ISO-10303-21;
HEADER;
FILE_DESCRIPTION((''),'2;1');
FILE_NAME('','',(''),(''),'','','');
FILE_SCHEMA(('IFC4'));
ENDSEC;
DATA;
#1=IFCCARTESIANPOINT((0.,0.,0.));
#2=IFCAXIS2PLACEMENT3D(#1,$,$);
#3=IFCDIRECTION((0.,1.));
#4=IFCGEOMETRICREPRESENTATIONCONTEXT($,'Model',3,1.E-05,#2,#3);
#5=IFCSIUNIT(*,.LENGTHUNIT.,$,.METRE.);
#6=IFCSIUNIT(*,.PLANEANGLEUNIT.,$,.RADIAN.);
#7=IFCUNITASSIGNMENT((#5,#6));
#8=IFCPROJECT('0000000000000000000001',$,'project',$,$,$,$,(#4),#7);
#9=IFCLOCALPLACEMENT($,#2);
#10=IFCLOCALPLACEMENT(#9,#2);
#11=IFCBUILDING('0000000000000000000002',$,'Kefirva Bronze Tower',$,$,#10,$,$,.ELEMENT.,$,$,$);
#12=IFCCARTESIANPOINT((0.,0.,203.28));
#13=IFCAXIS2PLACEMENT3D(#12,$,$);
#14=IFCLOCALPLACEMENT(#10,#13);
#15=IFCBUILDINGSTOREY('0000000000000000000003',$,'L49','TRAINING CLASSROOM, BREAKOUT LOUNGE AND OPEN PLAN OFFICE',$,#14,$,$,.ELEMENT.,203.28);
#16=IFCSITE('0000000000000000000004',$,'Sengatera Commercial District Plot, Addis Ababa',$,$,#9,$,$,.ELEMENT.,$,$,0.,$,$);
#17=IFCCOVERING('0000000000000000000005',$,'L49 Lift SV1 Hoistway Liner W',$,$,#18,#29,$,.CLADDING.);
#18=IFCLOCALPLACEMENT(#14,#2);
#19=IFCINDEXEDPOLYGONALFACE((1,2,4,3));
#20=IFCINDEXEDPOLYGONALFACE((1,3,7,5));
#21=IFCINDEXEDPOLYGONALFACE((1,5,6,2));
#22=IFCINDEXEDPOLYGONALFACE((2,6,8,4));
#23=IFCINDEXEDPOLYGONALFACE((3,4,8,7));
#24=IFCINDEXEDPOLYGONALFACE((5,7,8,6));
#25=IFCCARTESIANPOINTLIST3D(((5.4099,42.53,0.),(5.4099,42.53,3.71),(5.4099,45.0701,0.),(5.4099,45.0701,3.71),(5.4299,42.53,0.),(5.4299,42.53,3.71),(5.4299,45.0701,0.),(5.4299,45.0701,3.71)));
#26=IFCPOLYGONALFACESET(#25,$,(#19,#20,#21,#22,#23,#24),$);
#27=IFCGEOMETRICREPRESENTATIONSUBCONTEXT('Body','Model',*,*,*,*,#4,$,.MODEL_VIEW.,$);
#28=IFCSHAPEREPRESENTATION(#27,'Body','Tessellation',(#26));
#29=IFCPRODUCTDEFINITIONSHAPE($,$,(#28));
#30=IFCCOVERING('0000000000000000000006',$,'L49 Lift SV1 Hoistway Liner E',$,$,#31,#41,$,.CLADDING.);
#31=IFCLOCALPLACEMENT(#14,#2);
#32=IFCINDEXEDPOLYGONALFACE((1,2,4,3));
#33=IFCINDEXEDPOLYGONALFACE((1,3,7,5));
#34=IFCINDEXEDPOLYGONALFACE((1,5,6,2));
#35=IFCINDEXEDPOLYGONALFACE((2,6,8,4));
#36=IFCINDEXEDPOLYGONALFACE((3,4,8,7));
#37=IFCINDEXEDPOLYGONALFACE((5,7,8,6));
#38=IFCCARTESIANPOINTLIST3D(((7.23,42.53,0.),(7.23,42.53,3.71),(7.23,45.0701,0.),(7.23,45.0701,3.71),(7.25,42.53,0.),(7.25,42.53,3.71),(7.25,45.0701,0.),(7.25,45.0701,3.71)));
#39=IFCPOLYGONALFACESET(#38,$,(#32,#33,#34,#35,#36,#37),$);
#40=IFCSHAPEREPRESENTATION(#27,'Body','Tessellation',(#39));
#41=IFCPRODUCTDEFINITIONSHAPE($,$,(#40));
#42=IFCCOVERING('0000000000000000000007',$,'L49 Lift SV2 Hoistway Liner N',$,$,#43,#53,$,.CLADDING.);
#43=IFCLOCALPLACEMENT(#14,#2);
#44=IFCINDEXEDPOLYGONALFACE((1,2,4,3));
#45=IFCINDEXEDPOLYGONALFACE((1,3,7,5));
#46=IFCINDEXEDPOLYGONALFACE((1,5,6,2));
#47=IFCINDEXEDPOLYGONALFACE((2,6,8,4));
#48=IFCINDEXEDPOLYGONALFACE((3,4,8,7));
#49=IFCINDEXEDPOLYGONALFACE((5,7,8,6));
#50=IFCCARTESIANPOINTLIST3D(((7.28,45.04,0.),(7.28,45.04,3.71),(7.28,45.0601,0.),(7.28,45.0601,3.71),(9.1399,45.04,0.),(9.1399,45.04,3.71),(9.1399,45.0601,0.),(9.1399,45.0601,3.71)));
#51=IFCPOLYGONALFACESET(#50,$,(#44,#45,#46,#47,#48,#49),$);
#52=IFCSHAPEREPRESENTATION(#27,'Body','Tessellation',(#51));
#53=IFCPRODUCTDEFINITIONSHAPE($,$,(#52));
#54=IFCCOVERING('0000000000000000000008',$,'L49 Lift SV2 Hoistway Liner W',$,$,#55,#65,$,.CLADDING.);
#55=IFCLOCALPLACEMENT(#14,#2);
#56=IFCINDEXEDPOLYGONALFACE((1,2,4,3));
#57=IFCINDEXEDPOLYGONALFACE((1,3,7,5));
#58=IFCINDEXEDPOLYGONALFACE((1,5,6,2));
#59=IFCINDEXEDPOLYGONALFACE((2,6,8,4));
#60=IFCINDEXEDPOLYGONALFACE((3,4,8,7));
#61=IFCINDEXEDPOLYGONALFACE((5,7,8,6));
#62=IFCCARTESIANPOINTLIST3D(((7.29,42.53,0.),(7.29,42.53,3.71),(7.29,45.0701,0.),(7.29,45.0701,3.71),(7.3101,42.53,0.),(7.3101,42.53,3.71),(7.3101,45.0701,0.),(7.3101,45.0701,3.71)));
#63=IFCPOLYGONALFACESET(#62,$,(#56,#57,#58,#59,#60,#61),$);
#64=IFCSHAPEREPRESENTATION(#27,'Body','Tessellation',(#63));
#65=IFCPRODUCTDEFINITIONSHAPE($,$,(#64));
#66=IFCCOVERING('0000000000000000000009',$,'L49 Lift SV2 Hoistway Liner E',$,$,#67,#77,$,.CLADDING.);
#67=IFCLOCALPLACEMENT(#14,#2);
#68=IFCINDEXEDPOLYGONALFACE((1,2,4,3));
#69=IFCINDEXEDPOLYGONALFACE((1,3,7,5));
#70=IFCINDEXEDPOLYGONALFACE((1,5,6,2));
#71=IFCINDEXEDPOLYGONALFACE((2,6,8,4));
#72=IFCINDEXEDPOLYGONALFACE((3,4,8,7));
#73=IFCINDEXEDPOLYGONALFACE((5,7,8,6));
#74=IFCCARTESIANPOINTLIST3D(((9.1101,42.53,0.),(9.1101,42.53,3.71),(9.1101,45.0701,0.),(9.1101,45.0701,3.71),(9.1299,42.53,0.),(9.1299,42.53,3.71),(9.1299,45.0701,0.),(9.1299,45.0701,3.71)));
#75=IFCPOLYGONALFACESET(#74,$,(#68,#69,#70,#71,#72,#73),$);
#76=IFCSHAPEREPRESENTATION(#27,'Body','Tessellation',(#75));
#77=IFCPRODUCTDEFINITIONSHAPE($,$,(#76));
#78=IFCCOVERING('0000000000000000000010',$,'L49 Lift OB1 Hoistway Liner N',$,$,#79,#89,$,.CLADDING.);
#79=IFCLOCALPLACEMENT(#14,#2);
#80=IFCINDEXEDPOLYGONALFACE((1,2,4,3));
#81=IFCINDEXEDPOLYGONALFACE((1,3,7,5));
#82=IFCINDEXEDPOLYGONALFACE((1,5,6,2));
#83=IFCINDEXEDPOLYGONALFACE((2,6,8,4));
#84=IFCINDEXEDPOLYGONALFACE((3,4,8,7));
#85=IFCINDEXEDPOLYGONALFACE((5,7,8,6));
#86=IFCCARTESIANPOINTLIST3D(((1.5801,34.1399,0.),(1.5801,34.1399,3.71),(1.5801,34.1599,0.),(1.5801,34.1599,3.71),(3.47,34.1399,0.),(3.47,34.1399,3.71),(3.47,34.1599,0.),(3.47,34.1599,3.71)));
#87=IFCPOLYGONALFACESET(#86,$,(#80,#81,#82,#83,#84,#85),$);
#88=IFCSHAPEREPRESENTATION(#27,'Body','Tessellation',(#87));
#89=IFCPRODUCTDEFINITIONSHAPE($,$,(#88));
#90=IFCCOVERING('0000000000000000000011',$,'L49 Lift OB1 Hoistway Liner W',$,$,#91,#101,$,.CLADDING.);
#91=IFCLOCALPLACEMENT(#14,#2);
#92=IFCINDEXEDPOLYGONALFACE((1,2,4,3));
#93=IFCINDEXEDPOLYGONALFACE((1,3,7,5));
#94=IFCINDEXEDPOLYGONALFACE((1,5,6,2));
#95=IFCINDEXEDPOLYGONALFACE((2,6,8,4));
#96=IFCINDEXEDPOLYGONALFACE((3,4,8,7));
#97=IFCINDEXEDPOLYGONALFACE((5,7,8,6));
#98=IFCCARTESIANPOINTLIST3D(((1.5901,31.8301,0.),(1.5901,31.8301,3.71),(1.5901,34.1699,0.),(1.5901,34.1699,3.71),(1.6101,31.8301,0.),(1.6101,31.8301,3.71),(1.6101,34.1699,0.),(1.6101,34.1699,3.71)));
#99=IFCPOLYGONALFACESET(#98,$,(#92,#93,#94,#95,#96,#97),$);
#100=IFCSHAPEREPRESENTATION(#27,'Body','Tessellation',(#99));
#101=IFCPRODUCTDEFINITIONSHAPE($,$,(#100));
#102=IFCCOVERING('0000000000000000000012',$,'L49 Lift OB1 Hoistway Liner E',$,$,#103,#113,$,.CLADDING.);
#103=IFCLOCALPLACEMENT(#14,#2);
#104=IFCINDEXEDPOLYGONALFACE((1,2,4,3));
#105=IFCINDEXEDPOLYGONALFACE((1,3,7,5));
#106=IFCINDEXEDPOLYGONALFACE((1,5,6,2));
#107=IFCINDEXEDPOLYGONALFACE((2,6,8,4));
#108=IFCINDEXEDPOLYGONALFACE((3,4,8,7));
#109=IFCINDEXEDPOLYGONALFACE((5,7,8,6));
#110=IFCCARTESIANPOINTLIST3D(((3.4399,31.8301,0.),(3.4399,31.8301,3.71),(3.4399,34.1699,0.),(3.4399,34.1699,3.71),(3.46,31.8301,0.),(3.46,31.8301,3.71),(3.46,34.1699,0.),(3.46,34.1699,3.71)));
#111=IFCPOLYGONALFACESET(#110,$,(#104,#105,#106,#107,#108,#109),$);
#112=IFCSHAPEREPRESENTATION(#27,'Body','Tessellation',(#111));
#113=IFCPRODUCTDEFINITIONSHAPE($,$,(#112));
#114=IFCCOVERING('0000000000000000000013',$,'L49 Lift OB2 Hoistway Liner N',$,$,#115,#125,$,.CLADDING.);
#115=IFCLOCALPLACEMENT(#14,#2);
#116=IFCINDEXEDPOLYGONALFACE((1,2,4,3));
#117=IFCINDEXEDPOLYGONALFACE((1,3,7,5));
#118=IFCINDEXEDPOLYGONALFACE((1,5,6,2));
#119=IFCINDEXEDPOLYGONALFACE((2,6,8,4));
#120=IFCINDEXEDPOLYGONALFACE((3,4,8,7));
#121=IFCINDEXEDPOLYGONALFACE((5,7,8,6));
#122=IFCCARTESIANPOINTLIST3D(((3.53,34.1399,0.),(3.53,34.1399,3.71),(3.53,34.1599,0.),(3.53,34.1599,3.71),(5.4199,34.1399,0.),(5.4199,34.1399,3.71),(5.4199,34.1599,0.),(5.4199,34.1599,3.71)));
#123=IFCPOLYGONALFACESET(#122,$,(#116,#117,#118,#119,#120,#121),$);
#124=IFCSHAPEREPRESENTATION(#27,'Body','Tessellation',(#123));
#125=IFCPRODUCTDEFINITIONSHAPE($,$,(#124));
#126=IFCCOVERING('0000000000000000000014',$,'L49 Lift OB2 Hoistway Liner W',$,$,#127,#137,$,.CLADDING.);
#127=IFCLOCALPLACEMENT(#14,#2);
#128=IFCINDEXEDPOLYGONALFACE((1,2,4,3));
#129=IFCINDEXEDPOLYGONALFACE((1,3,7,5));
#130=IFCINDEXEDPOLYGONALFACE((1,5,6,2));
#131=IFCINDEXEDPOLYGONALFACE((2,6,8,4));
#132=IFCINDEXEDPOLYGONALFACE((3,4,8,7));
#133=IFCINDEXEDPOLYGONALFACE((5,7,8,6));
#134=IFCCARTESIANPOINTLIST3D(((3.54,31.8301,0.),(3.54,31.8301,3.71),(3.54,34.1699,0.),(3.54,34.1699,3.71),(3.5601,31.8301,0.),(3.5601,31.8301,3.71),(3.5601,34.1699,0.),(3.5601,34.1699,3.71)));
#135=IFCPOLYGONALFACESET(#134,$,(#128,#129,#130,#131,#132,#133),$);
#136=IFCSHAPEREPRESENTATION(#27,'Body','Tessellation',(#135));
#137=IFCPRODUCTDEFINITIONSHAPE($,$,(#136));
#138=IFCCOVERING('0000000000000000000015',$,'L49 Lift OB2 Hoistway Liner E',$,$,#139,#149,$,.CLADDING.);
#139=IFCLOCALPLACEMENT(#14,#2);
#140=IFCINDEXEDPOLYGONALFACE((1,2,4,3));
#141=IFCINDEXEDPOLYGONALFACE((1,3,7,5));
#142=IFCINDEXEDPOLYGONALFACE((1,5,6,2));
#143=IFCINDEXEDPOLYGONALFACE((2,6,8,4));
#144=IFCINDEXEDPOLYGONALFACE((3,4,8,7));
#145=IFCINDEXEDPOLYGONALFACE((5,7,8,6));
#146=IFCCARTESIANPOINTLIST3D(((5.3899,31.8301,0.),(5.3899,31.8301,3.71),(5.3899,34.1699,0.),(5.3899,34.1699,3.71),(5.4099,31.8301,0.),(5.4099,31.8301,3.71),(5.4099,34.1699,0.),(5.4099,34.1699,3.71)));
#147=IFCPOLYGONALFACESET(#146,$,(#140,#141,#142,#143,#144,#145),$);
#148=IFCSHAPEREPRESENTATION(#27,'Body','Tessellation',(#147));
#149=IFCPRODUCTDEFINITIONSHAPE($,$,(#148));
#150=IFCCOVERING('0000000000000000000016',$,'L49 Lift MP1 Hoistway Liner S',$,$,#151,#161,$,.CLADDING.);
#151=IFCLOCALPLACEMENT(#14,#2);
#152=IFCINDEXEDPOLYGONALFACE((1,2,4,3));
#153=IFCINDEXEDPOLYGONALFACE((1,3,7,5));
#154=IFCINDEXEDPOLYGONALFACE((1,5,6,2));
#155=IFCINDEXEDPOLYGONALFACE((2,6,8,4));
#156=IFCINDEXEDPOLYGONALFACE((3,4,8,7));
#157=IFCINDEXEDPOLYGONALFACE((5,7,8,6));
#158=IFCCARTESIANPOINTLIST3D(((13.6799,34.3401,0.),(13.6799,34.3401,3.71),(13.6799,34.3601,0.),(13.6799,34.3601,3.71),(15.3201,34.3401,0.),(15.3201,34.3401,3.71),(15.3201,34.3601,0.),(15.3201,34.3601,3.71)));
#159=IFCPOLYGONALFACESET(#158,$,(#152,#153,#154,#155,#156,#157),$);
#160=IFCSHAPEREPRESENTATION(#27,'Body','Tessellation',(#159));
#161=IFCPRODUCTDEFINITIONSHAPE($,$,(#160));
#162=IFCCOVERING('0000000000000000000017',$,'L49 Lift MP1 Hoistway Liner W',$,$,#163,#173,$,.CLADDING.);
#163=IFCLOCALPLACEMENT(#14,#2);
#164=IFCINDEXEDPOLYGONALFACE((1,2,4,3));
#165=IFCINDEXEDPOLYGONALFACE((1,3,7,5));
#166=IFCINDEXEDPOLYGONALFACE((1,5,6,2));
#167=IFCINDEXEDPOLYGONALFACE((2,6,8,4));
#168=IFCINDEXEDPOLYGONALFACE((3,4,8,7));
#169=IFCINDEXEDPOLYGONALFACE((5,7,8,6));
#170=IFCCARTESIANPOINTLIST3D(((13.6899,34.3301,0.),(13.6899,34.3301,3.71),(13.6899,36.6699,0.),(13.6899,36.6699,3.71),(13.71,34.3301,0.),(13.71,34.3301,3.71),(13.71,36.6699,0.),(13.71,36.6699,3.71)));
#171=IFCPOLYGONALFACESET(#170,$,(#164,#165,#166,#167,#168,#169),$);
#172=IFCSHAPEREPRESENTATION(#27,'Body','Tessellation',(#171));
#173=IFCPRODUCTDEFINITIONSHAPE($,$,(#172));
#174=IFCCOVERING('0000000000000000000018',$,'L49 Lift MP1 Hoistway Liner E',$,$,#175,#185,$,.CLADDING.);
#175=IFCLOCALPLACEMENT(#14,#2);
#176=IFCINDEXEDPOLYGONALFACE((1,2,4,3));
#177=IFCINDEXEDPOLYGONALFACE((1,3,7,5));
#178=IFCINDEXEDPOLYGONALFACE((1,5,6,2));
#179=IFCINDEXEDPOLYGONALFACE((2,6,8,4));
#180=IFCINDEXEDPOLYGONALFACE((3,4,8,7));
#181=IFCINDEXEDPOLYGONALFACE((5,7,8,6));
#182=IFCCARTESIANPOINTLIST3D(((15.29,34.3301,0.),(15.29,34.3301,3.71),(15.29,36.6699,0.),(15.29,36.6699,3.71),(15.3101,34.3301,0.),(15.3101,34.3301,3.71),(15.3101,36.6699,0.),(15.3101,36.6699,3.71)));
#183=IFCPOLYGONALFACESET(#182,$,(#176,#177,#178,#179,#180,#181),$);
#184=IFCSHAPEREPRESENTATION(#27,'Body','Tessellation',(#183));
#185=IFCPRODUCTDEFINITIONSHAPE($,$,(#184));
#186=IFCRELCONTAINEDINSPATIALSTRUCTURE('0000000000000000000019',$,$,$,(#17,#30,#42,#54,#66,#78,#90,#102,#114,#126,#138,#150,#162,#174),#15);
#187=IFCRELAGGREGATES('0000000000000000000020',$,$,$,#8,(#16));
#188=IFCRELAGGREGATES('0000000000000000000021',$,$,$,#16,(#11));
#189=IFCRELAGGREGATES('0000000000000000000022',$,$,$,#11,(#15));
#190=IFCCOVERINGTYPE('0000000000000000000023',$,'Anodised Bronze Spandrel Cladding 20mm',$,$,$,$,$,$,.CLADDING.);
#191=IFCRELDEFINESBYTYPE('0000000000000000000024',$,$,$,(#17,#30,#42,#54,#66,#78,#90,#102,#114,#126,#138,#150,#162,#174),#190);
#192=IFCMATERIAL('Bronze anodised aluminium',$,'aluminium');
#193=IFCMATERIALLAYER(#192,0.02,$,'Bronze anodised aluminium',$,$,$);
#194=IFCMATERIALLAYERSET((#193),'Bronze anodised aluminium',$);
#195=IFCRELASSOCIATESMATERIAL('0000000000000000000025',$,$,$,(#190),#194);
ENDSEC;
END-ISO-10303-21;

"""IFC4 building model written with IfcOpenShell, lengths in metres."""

from ifc_helpers import new_model, si_unit, direction, frame, origin, place, context, subcontext, project, spatial, polyline, outline, extrude, material, layer, layer_set, type_object, element, save


model = new_model("IFC4")

# Units and contexts
model_context = context("Model", 3, precision=1e-05, world=origin(), true_north=direction((0.0, 1.0)))
body_context = subcontext(model_context, "Body", "Model", "MODEL_VIEW")
ifc_project = project(units=[si_unit("LENGTHUNIT", "METRE"), si_unit("PLANEANGLEUNIT", "RADIAN")], contexts=[model_context])

# Site, building, storey
site_placement = place(None, origin())
site = spatial("IfcSite", under=ifc_project, at=site_placement, Name="Sengatera Commercial District Plot, Addis Ababa", CompositionType="ELEMENT", RefElevation=0.0)
building_placement = place(site_placement, origin())
building = spatial("IfcBuilding", under=site, at=building_placement, Name="Kefirva Bronze Tower", CompositionType="ELEMENT")
storey_placement = place(building_placement, frame((0.0, 0.0, 203.28)))
storey = spatial("IfcBuildingStorey", under=building, at=storey_placement, Name="L49", Description="TRAINING CLASSROOM, BREAKOUT LOUNGE AND OPEN PLAN OFFICE", CompositionType="ELEMENT", Elevation=203.28)

# Coverings
ifc_material_1 = material(Name="Bronze anodised aluminium", Category="aluminium")
ifc_layer_1 = layer(ifc_material_1, 0.02, Name="Bronze anodised aluminium")
ifc_layer_set_1 = layer_set([ifc_layer_1], Name="Bronze anodised aluminium")
covering_type = type_object("IfcCoveringType", Name="Anodised Bronze Spandrel Cladding 20mm", PredefinedType="CLADDING", material=ifc_layer_set_1)
covering_1_placement = place(storey_placement, origin())
element("IfcCovering", 1, at=covering_1_placement, inside=storey, type_object=covering_type, Name="L49 Lift SV1 Hoistway Liner W", PredefinedType="CLADDING", context=body_context, shape_type="SweptSolid", body=[
    extrude(outline(polyline([(5.4099, 42.53), (5.4299, 42.53), (5.4299, 45.0701), (5.4099, 45.0701), (5.4099, 42.53)])), origin(), (0.0, 0.0, 1.0), 3.71),
])
covering_2_placement = place(storey_placement, origin())
element("IfcCovering", 2, at=covering_2_placement, inside=storey, type_object=covering_type, Name="L49 Lift SV1 Hoistway Liner E", PredefinedType="CLADDING", context=body_context, shape_type="SweptSolid", body=[
    extrude(outline(polyline([(7.23, 42.53), (7.25, 42.53), (7.25, 45.0701), (7.23, 45.0701), (7.23, 42.53)])), origin(), (0.0, 0.0, 1.0), 3.71),
])
covering_3_placement = place(storey_placement, origin())
element("IfcCovering", 3, at=covering_3_placement, inside=storey, type_object=covering_type, Name="L49 Lift SV2 Hoistway Liner N", PredefinedType="CLADDING", context=body_context, shape_type="SweptSolid", body=[
    extrude(outline(polyline([(7.28, 45.04), (9.1399, 45.04), (9.1399, 45.0601), (7.28, 45.0601), (7.28, 45.04)])), origin(), (0.0, 0.0, 1.0), 3.71),
])
covering_4_placement = place(storey_placement, origin())
element("IfcCovering", 4, at=covering_4_placement, inside=storey, type_object=covering_type, Name="L49 Lift SV2 Hoistway Liner W", PredefinedType="CLADDING", context=body_context, shape_type="SweptSolid", body=[
    extrude(outline(polyline([(7.29, 42.53), (7.3101, 42.53), (7.3101, 45.0701), (7.29, 45.0701), (7.29, 42.53)])), origin(), (0.0, 0.0, 1.0), 3.71),
])
covering_5_placement = place(storey_placement, origin())
element("IfcCovering", 5, at=covering_5_placement, inside=storey, type_object=covering_type, Name="L49 Lift SV2 Hoistway Liner E", PredefinedType="CLADDING", context=body_context, shape_type="SweptSolid", body=[
    extrude(outline(polyline([(9.1101, 42.53), (9.1299, 42.53), (9.1299, 45.0701), (9.1101, 45.0701), (9.1101, 42.53)])), origin(), (0.0, 0.0, 1.0), 3.71),
])
covering_6_placement = place(storey_placement, origin())
element("IfcCovering", 6, at=covering_6_placement, inside=storey, type_object=covering_type, Name="L49 Lift OB1 Hoistway Liner N", PredefinedType="CLADDING", context=body_context, shape_type="SweptSolid", body=[
    extrude(outline(polyline([(1.5801, 34.1399), (3.47, 34.1399), (3.47, 34.1599), (1.5801, 34.1599), (1.5801, 34.1399)])), origin(), (0.0, 0.0, 1.0), 3.71),
])
covering_7_placement = place(storey_placement, origin())
element("IfcCovering", 7, at=covering_7_placement, inside=storey, type_object=covering_type, Name="L49 Lift OB1 Hoistway Liner W", PredefinedType="CLADDING", context=body_context, shape_type="SweptSolid", body=[
    extrude(outline(polyline([(1.5901, 31.8301), (1.6101, 31.8301), (1.6101, 34.1699), (1.5901, 34.1699), (1.5901, 31.8301)])), origin(), (0.0, 0.0, 1.0), 3.71),
])
covering_8_placement = place(storey_placement, origin())
element("IfcCovering", 8, at=covering_8_placement, inside=storey, type_object=covering_type, Name="L49 Lift OB1 Hoistway Liner E", PredefinedType="CLADDING", context=body_context, shape_type="SweptSolid", body=[
    extrude(outline(polyline([(3.4399, 31.8301), (3.46, 31.8301), (3.46, 34.1699), (3.4399, 34.1699), (3.4399, 31.8301)])), origin(), (0.0, 0.0, 1.0), 3.71),
])
covering_9_placement = place(storey_placement, origin())
element("IfcCovering", 9, at=covering_9_placement, inside=storey, type_object=covering_type, Name="L49 Lift OB2 Hoistway Liner N", PredefinedType="CLADDING", context=body_context, shape_type="SweptSolid", body=[
    extrude(outline(polyline([(3.53, 34.1399), (5.4199, 34.1399), (5.4199, 34.1599), (3.53, 34.1599), (3.53, 34.1399)])), origin(), (0.0, 0.0, 1.0), 3.71),
])
covering_10_placement = place(storey_placement, origin())
element("IfcCovering", 10, at=covering_10_placement, inside=storey, type_object=covering_type, Name="L49 Lift OB2 Hoistway Liner W", PredefinedType="CLADDING", context=body_context, shape_type="SweptSolid", body=[
    extrude(outline(polyline([(3.54, 31.8301), (3.5601, 31.8301), (3.5601, 34.1699), (3.54, 34.1699), (3.54, 31.8301)])), origin(), (0.0, 0.0, 1.0), 3.71),
])
covering_11_placement = place(storey_placement, origin())
element("IfcCovering", 11, at=covering_11_placement, inside=storey, type_object=covering_type, Name="L49 Lift OB2 Hoistway Liner E", PredefinedType="CLADDING", context=body_context, shape_type="SweptSolid", body=[
    extrude(outline(polyline([(5.3899, 31.8301), (5.4099, 31.8301), (5.4099, 34.1699), (5.3899, 34.1699), (5.3899, 31.8301)])), origin(), (0.0, 0.0, 1.0), 3.71),
])
covering_12_placement = place(storey_placement, origin())
element("IfcCovering", 12, at=covering_12_placement, inside=storey, type_object=covering_type, Name="L49 Lift MP1 Hoistway Liner S", PredefinedType="CLADDING", context=body_context, shape_type="SweptSolid", body=[
    extrude(outline(polyline([(13.6799, 34.3401), (15.3201, 34.3401), (15.3201, 34.3601), (13.6799, 34.3601), (13.6799, 34.3401)])), origin(), (0.0, 0.0, 1.0), 3.71),
])
covering_13_placement = place(storey_placement, origin())
element("IfcCovering", 13, at=covering_13_placement, inside=storey, type_object=covering_type, Name="L49 Lift MP1 Hoistway Liner W", PredefinedType="CLADDING", context=body_context, shape_type="SweptSolid", body=[
    extrude(outline(polyline([(13.6899, 34.3301), (13.71, 34.3301), (13.71, 36.6699), (13.6899, 36.6699), (13.6899, 34.3301)])), origin(), (0.0, 0.0, 1.0), 3.71),
])
covering_14_placement = place(storey_placement, origin())
element("IfcCovering", 14, at=covering_14_placement, inside=storey, type_object=covering_type, Name="L49 Lift MP1 Hoistway Liner E", PredefinedType="CLADDING", context=body_context, shape_type="SweptSolid", body=[
    extrude(outline(polyline([(15.29, 34.3301), (15.3101, 34.3301), (15.3101, 36.6699), (15.29, 36.6699), (15.29, 34.3301)])), origin(), (0.0, 0.0, 1.0), 3.71),
])

save(model, "model.ifc")
